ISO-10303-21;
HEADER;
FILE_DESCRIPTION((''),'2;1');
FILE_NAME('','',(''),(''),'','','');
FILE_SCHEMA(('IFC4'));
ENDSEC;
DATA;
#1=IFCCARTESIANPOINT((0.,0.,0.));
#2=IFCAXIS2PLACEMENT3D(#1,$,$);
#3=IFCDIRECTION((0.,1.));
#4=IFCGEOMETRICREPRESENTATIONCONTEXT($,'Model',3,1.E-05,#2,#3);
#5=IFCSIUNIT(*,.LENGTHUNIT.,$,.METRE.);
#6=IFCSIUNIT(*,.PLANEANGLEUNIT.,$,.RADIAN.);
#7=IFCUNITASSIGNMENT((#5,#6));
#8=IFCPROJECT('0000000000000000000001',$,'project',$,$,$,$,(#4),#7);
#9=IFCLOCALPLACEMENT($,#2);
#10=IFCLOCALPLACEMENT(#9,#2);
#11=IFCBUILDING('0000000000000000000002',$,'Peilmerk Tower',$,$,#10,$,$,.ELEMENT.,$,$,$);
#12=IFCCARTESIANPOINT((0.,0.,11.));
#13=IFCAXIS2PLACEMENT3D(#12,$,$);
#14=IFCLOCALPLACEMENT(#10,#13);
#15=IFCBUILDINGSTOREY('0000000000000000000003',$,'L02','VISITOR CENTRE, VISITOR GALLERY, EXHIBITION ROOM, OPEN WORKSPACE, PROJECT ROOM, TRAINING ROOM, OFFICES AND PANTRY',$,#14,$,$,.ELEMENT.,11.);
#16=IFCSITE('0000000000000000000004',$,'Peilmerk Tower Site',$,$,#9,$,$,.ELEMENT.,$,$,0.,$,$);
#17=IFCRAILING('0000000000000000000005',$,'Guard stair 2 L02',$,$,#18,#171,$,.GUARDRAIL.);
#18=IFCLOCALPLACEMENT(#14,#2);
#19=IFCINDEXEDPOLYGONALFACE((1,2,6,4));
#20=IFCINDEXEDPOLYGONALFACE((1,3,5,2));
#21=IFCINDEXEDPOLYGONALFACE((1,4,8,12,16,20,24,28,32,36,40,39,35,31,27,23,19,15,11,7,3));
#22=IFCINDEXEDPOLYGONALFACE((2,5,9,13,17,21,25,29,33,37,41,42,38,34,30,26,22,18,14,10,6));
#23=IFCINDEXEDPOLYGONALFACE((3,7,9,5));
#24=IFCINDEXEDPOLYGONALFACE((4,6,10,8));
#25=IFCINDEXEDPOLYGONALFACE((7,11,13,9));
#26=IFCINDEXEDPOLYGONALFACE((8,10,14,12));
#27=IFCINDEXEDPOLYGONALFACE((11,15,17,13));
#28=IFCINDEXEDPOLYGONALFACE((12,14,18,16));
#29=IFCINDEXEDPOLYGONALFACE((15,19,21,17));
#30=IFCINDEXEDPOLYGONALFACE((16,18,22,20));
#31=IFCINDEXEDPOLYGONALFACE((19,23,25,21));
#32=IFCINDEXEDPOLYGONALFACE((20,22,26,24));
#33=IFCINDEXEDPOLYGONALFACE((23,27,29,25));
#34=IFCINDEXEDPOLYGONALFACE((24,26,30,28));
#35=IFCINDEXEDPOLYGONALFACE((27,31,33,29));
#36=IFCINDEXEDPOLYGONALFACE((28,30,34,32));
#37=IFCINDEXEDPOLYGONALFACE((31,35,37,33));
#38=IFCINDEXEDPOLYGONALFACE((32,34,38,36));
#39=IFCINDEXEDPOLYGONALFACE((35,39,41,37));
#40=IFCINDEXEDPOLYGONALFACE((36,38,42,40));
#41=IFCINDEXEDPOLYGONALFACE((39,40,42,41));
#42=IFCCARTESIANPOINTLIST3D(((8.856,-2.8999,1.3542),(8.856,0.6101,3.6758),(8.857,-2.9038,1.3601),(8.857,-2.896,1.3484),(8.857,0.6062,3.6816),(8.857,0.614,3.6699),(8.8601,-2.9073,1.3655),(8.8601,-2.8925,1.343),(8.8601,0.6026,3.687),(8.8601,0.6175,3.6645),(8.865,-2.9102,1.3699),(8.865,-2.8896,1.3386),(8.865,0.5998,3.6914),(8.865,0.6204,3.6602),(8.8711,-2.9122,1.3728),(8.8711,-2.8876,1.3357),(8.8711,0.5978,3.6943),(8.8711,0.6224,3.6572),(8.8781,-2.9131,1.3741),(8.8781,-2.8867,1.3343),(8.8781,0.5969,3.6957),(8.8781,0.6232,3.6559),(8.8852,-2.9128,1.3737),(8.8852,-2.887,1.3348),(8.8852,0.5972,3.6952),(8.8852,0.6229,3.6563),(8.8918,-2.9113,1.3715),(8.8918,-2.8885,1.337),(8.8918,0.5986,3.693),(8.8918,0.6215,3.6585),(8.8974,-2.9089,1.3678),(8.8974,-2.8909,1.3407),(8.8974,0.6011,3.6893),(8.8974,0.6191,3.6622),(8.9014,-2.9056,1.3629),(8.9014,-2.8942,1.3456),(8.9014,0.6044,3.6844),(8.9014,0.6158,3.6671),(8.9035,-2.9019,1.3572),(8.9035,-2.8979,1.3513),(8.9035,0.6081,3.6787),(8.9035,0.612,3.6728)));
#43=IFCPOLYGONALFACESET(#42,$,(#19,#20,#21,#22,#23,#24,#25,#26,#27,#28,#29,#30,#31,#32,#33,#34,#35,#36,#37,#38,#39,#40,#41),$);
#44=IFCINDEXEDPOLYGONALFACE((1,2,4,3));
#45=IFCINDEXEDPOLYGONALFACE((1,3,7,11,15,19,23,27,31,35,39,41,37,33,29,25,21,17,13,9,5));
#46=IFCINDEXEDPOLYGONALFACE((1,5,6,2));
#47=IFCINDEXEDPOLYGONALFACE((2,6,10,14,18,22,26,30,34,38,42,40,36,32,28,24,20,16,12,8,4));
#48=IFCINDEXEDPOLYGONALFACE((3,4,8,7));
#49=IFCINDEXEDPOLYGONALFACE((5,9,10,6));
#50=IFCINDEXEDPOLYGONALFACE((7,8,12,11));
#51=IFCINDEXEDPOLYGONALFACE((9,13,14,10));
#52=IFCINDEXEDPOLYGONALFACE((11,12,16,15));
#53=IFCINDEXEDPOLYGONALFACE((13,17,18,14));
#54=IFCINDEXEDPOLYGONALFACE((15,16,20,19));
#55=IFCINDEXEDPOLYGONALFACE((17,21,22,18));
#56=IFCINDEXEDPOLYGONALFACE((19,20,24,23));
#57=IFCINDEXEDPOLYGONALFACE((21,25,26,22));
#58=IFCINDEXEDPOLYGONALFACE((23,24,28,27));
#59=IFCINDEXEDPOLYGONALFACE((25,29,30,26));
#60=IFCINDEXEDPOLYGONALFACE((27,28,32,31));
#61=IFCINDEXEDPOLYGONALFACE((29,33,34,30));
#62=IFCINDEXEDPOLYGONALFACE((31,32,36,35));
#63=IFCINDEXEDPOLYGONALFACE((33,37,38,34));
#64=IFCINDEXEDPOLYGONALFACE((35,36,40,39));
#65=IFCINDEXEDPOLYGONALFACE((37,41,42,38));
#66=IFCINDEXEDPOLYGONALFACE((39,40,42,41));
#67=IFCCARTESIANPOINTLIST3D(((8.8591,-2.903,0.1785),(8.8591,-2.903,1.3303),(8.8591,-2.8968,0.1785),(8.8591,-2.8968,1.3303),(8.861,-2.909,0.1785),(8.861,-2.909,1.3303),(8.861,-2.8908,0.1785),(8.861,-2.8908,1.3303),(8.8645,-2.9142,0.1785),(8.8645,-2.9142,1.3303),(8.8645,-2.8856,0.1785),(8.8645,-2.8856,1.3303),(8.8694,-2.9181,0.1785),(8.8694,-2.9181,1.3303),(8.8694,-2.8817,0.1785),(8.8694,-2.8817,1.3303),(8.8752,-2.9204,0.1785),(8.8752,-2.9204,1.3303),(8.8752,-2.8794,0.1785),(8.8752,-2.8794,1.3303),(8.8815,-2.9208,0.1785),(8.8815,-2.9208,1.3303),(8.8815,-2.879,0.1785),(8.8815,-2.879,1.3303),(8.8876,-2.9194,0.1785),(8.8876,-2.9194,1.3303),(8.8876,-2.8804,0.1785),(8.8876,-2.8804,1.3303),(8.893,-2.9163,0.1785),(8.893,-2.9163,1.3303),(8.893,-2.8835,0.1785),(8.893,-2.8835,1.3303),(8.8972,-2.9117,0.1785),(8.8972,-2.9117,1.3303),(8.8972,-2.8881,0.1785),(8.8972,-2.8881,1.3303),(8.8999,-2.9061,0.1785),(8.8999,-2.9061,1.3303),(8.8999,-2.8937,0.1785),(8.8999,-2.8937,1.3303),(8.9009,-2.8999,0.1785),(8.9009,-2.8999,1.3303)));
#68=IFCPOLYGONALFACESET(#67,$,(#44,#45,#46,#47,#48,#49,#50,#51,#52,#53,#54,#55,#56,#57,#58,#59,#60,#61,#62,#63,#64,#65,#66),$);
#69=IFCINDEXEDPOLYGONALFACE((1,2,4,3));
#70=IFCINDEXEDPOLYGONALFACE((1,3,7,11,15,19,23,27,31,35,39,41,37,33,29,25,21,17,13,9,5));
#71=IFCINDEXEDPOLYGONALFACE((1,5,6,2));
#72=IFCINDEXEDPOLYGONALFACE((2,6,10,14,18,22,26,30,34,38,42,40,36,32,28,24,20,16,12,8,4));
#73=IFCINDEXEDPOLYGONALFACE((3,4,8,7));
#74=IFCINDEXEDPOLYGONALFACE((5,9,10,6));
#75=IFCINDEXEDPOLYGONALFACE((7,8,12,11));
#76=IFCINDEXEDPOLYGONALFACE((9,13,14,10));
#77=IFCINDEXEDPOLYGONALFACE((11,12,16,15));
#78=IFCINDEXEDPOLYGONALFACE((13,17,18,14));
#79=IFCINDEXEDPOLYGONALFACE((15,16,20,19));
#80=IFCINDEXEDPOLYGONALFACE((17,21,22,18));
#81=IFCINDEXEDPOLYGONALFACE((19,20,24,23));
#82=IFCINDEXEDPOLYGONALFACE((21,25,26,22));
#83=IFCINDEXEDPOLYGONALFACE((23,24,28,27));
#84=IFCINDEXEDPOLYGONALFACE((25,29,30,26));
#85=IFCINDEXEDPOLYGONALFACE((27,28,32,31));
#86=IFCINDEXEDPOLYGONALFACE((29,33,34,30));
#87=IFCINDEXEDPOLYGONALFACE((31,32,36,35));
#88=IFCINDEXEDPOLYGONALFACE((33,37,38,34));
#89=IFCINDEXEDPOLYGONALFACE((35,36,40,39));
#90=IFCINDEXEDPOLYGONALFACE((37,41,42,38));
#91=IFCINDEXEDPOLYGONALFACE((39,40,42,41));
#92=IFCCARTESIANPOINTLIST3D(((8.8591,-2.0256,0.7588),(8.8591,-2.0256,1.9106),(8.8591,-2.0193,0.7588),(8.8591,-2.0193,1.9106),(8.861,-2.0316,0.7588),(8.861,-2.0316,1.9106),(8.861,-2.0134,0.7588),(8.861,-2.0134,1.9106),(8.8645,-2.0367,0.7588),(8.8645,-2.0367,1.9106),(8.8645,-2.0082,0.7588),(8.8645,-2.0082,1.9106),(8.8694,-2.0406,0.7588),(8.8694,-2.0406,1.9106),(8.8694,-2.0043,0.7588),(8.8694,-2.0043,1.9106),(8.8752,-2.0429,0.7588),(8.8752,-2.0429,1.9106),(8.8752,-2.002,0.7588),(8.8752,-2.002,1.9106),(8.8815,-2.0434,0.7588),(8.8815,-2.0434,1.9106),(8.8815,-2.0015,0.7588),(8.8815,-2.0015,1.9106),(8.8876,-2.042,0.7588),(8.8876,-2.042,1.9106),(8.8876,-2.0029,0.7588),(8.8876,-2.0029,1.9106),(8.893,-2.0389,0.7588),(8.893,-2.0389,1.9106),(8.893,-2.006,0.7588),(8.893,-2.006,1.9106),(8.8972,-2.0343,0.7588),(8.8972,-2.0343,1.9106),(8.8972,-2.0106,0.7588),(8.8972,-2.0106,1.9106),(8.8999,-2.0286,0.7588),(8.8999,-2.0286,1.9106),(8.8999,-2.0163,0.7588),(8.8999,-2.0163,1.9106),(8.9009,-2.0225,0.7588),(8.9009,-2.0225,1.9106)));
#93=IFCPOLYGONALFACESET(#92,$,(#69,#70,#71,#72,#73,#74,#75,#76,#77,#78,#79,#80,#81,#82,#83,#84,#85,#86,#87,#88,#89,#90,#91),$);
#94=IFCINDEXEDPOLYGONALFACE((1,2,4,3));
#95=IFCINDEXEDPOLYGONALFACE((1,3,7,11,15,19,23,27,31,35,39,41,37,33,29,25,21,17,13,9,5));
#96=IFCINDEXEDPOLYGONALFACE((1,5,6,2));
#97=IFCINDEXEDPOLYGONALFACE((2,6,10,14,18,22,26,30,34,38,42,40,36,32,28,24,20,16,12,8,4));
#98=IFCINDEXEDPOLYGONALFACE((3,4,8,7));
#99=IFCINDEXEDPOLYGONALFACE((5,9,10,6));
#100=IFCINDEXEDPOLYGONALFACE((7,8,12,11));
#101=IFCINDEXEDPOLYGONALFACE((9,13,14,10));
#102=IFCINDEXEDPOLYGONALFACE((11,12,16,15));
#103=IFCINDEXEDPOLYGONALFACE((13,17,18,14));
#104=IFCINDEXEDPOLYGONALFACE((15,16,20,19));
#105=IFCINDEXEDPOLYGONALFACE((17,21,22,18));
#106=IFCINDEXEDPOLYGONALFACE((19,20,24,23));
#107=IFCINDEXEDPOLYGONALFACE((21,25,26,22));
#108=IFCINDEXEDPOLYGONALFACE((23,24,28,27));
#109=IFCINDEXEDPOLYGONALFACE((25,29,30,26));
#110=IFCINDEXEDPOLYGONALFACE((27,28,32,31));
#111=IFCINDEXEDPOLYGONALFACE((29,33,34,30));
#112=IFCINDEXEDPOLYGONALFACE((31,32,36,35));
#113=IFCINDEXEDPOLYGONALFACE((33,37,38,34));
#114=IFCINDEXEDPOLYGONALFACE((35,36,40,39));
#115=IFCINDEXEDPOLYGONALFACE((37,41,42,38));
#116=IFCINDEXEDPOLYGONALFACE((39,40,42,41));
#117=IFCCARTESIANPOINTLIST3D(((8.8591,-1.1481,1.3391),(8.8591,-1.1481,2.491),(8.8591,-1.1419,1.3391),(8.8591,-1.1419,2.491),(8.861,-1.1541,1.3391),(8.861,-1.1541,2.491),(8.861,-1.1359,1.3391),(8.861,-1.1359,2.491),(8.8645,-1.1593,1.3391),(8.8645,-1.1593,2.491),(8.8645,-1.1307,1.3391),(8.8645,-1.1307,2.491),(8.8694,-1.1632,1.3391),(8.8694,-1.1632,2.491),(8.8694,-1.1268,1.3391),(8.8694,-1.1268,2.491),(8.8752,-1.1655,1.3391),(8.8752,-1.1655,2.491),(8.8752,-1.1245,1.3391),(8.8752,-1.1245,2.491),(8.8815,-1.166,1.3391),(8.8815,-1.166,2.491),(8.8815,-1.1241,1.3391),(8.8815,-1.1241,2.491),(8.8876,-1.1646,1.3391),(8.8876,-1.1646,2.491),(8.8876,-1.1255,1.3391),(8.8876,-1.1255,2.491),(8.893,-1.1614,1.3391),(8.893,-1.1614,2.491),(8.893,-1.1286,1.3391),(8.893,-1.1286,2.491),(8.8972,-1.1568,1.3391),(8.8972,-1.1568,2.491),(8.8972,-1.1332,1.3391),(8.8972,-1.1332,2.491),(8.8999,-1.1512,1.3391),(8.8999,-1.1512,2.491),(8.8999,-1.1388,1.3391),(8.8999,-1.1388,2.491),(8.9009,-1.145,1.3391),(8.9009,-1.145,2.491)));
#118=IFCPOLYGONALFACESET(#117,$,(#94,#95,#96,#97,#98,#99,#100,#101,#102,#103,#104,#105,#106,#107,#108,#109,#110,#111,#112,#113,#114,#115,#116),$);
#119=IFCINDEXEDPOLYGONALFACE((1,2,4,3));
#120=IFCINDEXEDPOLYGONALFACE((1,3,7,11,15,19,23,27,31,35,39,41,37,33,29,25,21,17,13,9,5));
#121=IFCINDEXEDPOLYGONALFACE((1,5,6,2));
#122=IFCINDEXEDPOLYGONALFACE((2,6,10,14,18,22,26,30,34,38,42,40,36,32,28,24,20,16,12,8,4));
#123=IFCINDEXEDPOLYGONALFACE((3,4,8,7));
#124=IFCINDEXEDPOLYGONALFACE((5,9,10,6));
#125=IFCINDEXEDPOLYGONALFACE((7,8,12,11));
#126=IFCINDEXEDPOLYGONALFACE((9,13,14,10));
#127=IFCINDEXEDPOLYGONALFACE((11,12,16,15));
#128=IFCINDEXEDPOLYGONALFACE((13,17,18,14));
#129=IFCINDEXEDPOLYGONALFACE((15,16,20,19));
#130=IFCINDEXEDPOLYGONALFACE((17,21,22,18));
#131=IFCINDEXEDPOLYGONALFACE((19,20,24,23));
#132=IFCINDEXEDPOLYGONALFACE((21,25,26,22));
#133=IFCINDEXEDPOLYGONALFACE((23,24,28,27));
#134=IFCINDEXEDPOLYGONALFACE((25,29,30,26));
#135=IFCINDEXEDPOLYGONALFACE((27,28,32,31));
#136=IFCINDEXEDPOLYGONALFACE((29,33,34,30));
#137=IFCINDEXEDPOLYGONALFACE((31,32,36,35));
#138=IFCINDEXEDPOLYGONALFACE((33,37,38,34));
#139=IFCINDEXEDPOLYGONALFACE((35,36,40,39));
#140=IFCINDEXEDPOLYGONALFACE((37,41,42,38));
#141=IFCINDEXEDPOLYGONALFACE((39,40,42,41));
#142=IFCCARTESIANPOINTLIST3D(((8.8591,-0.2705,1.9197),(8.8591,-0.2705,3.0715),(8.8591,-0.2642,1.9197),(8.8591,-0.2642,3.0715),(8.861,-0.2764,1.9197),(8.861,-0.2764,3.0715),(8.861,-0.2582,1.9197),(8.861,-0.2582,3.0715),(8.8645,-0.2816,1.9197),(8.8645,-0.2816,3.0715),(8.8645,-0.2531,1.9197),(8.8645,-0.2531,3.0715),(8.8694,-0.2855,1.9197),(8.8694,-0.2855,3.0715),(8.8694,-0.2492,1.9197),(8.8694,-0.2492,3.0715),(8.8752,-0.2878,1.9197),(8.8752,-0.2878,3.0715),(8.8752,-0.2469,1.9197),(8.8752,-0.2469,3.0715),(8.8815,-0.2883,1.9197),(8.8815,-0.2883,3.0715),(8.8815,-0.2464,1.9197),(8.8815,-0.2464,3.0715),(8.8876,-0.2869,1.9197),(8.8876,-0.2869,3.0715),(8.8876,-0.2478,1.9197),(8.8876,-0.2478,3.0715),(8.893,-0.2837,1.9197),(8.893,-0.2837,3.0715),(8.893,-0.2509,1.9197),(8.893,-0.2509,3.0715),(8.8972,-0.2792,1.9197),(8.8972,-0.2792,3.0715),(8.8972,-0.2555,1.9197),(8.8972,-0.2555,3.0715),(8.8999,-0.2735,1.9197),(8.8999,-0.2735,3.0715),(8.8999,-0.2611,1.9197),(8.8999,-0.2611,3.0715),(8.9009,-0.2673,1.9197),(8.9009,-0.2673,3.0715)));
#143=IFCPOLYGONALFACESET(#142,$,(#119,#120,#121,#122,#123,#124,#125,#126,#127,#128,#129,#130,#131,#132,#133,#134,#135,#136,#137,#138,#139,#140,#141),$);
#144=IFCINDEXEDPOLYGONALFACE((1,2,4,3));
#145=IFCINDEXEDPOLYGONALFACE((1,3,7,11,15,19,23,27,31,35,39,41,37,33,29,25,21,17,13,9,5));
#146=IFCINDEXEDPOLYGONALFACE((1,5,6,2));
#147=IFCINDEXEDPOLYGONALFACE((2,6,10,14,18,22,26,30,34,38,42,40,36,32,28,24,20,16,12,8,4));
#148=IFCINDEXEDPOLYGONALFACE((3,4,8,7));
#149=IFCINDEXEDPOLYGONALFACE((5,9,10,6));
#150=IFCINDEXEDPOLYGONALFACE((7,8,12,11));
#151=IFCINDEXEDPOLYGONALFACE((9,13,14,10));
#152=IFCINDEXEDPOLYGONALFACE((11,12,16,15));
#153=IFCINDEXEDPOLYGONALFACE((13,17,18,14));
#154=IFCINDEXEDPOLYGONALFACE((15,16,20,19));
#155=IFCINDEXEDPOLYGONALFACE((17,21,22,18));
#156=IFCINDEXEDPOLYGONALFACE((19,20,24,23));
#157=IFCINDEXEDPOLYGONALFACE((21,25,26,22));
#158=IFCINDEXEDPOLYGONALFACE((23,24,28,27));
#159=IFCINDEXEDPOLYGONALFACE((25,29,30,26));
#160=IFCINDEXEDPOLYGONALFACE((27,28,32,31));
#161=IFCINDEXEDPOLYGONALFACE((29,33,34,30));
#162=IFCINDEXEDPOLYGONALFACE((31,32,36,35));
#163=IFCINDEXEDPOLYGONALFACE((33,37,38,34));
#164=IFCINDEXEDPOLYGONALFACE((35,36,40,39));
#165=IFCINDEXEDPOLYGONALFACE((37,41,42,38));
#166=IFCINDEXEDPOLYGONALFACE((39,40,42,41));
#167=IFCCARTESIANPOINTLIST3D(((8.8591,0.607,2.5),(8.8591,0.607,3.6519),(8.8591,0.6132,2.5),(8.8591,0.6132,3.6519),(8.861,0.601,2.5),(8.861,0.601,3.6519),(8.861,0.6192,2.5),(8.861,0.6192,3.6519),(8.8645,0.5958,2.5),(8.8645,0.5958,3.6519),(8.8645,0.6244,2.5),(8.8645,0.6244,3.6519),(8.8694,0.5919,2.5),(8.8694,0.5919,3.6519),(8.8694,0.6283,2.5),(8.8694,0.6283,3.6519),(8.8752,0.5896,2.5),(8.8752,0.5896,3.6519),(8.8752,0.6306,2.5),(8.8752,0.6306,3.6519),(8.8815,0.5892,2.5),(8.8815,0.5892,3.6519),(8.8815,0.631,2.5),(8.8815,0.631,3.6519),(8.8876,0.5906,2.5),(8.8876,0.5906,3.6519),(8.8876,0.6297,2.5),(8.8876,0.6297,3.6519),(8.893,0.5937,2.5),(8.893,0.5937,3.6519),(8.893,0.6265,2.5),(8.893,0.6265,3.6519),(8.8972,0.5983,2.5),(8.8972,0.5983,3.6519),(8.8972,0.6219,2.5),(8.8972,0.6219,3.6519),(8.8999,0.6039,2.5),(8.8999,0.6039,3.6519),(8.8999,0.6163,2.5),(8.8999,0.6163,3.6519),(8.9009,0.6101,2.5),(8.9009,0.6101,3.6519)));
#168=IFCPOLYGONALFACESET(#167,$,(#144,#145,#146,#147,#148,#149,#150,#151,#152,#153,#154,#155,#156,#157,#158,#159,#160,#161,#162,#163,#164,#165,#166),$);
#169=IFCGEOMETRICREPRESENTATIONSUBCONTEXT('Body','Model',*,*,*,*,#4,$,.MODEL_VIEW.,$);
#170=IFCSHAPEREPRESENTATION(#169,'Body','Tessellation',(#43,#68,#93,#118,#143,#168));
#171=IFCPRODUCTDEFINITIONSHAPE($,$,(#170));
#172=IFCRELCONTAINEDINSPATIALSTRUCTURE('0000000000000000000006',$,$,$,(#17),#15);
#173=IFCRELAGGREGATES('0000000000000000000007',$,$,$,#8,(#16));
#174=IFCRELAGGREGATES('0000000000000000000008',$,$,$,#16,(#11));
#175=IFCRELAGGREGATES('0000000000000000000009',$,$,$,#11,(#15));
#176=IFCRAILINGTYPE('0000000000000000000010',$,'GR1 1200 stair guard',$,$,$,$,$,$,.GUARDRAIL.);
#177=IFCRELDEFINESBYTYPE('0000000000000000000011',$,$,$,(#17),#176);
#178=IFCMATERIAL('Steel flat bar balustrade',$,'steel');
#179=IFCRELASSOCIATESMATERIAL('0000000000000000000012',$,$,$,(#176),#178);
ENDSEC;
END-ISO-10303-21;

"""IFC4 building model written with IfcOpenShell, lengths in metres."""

from ifc_helpers import new_model, si_unit, direction, frame, origin, origin_2d, place, context, subcontext, project, spatial, circle, extrude, material, type_object, element, save


model = new_model("IFC4")

# Units and contexts
model_context = context("Model", 3, precision=1e-05, world=origin(), true_north=direction((0.0, 1.0)))
body_context = subcontext(model_context, "Body", "Model", "MODEL_VIEW")
ifc_project = project(units=[si_unit("LENGTHUNIT", "METRE"), si_unit("PLANEANGLEUNIT", "RADIAN")], contexts=[model_context])

# Site, building, storey
site_placement = place(None, origin())
site = spatial("IfcSite", under=ifc_project, at=site_placement, Name="Peilmerk Tower Site", CompositionType="ELEMENT", RefElevation=0.0)
building_placement = place(site_placement, origin())
building = spatial("IfcBuilding", under=site, at=building_placement, Name="Peilmerk Tower", CompositionType="ELEMENT")
storey_placement = place(building_placement, frame((0.0, 0.0, 11.0)))
storey = spatial("IfcBuildingStorey", under=building, at=storey_placement, Name="L02", Description="VISITOR CENTRE, VISITOR GALLERY, EXHIBITION ROOM, OPEN WORKSPACE, PROJECT ROOM, TRAINING ROOM, OFFICES AND PANTRY", CompositionType="ELEMENT", Elevation=11.0)

# Railing
ifc_material_1 = material(Name="Steel flat bar balustrade", Category="steel")
railing_type_1 = type_object("IfcRailingType", Name="GR1 1200 stair guard", PredefinedType="GUARDRAIL", material=ifc_material_1)
railing_1_placement = place(storey_placement, frame((8.8799, -2.8999, 0.1785)))
element("IfcRailing", 1, at=railing_1_placement, inside=storey, type_object=railing_type_1, Name="Guard stair 2 L02", PredefinedType="GUARDRAIL", context=body_context, shape_type="SweptSolid", body=[
    extrude(circle(Radius=0.0239, at=origin_2d()), frame((0.0, 0.0, 1.1758), z_axis=(0.0, 0.834071, 0.551657), x_axis=(-1.0, 0.0, 0.0)), (0.0, 0.0, 1.0), 4.2083),
    extrude(circle(Radius=0.021, at=origin_2d()), origin(), (0.0, 0.0, 1.0), 1.1519),
    extrude(circle(Radius=0.021, at=origin_2d()), frame((0.0, 0.8774, 0.5803)), (0.0, 0.0, 1.0), 1.1519),
    extrude(circle(Radius=0.021, at=origin_2d()), frame((0.0, 1.7549, 1.1606)), (0.0, 0.0, 1.0), 1.1519),
    extrude(circle(Radius=0.021, at=origin_2d()), frame((0.0, 2.6326, 1.7412)), (0.0, 0.0, 1.0), 1.1519),
    extrude(circle(Radius=0.021, at=origin_2d()), frame((0.0, 3.51, 2.3215)), (0.0, 0.0, 1.0), 1.1519),
])

save(model, "model.ifc")
